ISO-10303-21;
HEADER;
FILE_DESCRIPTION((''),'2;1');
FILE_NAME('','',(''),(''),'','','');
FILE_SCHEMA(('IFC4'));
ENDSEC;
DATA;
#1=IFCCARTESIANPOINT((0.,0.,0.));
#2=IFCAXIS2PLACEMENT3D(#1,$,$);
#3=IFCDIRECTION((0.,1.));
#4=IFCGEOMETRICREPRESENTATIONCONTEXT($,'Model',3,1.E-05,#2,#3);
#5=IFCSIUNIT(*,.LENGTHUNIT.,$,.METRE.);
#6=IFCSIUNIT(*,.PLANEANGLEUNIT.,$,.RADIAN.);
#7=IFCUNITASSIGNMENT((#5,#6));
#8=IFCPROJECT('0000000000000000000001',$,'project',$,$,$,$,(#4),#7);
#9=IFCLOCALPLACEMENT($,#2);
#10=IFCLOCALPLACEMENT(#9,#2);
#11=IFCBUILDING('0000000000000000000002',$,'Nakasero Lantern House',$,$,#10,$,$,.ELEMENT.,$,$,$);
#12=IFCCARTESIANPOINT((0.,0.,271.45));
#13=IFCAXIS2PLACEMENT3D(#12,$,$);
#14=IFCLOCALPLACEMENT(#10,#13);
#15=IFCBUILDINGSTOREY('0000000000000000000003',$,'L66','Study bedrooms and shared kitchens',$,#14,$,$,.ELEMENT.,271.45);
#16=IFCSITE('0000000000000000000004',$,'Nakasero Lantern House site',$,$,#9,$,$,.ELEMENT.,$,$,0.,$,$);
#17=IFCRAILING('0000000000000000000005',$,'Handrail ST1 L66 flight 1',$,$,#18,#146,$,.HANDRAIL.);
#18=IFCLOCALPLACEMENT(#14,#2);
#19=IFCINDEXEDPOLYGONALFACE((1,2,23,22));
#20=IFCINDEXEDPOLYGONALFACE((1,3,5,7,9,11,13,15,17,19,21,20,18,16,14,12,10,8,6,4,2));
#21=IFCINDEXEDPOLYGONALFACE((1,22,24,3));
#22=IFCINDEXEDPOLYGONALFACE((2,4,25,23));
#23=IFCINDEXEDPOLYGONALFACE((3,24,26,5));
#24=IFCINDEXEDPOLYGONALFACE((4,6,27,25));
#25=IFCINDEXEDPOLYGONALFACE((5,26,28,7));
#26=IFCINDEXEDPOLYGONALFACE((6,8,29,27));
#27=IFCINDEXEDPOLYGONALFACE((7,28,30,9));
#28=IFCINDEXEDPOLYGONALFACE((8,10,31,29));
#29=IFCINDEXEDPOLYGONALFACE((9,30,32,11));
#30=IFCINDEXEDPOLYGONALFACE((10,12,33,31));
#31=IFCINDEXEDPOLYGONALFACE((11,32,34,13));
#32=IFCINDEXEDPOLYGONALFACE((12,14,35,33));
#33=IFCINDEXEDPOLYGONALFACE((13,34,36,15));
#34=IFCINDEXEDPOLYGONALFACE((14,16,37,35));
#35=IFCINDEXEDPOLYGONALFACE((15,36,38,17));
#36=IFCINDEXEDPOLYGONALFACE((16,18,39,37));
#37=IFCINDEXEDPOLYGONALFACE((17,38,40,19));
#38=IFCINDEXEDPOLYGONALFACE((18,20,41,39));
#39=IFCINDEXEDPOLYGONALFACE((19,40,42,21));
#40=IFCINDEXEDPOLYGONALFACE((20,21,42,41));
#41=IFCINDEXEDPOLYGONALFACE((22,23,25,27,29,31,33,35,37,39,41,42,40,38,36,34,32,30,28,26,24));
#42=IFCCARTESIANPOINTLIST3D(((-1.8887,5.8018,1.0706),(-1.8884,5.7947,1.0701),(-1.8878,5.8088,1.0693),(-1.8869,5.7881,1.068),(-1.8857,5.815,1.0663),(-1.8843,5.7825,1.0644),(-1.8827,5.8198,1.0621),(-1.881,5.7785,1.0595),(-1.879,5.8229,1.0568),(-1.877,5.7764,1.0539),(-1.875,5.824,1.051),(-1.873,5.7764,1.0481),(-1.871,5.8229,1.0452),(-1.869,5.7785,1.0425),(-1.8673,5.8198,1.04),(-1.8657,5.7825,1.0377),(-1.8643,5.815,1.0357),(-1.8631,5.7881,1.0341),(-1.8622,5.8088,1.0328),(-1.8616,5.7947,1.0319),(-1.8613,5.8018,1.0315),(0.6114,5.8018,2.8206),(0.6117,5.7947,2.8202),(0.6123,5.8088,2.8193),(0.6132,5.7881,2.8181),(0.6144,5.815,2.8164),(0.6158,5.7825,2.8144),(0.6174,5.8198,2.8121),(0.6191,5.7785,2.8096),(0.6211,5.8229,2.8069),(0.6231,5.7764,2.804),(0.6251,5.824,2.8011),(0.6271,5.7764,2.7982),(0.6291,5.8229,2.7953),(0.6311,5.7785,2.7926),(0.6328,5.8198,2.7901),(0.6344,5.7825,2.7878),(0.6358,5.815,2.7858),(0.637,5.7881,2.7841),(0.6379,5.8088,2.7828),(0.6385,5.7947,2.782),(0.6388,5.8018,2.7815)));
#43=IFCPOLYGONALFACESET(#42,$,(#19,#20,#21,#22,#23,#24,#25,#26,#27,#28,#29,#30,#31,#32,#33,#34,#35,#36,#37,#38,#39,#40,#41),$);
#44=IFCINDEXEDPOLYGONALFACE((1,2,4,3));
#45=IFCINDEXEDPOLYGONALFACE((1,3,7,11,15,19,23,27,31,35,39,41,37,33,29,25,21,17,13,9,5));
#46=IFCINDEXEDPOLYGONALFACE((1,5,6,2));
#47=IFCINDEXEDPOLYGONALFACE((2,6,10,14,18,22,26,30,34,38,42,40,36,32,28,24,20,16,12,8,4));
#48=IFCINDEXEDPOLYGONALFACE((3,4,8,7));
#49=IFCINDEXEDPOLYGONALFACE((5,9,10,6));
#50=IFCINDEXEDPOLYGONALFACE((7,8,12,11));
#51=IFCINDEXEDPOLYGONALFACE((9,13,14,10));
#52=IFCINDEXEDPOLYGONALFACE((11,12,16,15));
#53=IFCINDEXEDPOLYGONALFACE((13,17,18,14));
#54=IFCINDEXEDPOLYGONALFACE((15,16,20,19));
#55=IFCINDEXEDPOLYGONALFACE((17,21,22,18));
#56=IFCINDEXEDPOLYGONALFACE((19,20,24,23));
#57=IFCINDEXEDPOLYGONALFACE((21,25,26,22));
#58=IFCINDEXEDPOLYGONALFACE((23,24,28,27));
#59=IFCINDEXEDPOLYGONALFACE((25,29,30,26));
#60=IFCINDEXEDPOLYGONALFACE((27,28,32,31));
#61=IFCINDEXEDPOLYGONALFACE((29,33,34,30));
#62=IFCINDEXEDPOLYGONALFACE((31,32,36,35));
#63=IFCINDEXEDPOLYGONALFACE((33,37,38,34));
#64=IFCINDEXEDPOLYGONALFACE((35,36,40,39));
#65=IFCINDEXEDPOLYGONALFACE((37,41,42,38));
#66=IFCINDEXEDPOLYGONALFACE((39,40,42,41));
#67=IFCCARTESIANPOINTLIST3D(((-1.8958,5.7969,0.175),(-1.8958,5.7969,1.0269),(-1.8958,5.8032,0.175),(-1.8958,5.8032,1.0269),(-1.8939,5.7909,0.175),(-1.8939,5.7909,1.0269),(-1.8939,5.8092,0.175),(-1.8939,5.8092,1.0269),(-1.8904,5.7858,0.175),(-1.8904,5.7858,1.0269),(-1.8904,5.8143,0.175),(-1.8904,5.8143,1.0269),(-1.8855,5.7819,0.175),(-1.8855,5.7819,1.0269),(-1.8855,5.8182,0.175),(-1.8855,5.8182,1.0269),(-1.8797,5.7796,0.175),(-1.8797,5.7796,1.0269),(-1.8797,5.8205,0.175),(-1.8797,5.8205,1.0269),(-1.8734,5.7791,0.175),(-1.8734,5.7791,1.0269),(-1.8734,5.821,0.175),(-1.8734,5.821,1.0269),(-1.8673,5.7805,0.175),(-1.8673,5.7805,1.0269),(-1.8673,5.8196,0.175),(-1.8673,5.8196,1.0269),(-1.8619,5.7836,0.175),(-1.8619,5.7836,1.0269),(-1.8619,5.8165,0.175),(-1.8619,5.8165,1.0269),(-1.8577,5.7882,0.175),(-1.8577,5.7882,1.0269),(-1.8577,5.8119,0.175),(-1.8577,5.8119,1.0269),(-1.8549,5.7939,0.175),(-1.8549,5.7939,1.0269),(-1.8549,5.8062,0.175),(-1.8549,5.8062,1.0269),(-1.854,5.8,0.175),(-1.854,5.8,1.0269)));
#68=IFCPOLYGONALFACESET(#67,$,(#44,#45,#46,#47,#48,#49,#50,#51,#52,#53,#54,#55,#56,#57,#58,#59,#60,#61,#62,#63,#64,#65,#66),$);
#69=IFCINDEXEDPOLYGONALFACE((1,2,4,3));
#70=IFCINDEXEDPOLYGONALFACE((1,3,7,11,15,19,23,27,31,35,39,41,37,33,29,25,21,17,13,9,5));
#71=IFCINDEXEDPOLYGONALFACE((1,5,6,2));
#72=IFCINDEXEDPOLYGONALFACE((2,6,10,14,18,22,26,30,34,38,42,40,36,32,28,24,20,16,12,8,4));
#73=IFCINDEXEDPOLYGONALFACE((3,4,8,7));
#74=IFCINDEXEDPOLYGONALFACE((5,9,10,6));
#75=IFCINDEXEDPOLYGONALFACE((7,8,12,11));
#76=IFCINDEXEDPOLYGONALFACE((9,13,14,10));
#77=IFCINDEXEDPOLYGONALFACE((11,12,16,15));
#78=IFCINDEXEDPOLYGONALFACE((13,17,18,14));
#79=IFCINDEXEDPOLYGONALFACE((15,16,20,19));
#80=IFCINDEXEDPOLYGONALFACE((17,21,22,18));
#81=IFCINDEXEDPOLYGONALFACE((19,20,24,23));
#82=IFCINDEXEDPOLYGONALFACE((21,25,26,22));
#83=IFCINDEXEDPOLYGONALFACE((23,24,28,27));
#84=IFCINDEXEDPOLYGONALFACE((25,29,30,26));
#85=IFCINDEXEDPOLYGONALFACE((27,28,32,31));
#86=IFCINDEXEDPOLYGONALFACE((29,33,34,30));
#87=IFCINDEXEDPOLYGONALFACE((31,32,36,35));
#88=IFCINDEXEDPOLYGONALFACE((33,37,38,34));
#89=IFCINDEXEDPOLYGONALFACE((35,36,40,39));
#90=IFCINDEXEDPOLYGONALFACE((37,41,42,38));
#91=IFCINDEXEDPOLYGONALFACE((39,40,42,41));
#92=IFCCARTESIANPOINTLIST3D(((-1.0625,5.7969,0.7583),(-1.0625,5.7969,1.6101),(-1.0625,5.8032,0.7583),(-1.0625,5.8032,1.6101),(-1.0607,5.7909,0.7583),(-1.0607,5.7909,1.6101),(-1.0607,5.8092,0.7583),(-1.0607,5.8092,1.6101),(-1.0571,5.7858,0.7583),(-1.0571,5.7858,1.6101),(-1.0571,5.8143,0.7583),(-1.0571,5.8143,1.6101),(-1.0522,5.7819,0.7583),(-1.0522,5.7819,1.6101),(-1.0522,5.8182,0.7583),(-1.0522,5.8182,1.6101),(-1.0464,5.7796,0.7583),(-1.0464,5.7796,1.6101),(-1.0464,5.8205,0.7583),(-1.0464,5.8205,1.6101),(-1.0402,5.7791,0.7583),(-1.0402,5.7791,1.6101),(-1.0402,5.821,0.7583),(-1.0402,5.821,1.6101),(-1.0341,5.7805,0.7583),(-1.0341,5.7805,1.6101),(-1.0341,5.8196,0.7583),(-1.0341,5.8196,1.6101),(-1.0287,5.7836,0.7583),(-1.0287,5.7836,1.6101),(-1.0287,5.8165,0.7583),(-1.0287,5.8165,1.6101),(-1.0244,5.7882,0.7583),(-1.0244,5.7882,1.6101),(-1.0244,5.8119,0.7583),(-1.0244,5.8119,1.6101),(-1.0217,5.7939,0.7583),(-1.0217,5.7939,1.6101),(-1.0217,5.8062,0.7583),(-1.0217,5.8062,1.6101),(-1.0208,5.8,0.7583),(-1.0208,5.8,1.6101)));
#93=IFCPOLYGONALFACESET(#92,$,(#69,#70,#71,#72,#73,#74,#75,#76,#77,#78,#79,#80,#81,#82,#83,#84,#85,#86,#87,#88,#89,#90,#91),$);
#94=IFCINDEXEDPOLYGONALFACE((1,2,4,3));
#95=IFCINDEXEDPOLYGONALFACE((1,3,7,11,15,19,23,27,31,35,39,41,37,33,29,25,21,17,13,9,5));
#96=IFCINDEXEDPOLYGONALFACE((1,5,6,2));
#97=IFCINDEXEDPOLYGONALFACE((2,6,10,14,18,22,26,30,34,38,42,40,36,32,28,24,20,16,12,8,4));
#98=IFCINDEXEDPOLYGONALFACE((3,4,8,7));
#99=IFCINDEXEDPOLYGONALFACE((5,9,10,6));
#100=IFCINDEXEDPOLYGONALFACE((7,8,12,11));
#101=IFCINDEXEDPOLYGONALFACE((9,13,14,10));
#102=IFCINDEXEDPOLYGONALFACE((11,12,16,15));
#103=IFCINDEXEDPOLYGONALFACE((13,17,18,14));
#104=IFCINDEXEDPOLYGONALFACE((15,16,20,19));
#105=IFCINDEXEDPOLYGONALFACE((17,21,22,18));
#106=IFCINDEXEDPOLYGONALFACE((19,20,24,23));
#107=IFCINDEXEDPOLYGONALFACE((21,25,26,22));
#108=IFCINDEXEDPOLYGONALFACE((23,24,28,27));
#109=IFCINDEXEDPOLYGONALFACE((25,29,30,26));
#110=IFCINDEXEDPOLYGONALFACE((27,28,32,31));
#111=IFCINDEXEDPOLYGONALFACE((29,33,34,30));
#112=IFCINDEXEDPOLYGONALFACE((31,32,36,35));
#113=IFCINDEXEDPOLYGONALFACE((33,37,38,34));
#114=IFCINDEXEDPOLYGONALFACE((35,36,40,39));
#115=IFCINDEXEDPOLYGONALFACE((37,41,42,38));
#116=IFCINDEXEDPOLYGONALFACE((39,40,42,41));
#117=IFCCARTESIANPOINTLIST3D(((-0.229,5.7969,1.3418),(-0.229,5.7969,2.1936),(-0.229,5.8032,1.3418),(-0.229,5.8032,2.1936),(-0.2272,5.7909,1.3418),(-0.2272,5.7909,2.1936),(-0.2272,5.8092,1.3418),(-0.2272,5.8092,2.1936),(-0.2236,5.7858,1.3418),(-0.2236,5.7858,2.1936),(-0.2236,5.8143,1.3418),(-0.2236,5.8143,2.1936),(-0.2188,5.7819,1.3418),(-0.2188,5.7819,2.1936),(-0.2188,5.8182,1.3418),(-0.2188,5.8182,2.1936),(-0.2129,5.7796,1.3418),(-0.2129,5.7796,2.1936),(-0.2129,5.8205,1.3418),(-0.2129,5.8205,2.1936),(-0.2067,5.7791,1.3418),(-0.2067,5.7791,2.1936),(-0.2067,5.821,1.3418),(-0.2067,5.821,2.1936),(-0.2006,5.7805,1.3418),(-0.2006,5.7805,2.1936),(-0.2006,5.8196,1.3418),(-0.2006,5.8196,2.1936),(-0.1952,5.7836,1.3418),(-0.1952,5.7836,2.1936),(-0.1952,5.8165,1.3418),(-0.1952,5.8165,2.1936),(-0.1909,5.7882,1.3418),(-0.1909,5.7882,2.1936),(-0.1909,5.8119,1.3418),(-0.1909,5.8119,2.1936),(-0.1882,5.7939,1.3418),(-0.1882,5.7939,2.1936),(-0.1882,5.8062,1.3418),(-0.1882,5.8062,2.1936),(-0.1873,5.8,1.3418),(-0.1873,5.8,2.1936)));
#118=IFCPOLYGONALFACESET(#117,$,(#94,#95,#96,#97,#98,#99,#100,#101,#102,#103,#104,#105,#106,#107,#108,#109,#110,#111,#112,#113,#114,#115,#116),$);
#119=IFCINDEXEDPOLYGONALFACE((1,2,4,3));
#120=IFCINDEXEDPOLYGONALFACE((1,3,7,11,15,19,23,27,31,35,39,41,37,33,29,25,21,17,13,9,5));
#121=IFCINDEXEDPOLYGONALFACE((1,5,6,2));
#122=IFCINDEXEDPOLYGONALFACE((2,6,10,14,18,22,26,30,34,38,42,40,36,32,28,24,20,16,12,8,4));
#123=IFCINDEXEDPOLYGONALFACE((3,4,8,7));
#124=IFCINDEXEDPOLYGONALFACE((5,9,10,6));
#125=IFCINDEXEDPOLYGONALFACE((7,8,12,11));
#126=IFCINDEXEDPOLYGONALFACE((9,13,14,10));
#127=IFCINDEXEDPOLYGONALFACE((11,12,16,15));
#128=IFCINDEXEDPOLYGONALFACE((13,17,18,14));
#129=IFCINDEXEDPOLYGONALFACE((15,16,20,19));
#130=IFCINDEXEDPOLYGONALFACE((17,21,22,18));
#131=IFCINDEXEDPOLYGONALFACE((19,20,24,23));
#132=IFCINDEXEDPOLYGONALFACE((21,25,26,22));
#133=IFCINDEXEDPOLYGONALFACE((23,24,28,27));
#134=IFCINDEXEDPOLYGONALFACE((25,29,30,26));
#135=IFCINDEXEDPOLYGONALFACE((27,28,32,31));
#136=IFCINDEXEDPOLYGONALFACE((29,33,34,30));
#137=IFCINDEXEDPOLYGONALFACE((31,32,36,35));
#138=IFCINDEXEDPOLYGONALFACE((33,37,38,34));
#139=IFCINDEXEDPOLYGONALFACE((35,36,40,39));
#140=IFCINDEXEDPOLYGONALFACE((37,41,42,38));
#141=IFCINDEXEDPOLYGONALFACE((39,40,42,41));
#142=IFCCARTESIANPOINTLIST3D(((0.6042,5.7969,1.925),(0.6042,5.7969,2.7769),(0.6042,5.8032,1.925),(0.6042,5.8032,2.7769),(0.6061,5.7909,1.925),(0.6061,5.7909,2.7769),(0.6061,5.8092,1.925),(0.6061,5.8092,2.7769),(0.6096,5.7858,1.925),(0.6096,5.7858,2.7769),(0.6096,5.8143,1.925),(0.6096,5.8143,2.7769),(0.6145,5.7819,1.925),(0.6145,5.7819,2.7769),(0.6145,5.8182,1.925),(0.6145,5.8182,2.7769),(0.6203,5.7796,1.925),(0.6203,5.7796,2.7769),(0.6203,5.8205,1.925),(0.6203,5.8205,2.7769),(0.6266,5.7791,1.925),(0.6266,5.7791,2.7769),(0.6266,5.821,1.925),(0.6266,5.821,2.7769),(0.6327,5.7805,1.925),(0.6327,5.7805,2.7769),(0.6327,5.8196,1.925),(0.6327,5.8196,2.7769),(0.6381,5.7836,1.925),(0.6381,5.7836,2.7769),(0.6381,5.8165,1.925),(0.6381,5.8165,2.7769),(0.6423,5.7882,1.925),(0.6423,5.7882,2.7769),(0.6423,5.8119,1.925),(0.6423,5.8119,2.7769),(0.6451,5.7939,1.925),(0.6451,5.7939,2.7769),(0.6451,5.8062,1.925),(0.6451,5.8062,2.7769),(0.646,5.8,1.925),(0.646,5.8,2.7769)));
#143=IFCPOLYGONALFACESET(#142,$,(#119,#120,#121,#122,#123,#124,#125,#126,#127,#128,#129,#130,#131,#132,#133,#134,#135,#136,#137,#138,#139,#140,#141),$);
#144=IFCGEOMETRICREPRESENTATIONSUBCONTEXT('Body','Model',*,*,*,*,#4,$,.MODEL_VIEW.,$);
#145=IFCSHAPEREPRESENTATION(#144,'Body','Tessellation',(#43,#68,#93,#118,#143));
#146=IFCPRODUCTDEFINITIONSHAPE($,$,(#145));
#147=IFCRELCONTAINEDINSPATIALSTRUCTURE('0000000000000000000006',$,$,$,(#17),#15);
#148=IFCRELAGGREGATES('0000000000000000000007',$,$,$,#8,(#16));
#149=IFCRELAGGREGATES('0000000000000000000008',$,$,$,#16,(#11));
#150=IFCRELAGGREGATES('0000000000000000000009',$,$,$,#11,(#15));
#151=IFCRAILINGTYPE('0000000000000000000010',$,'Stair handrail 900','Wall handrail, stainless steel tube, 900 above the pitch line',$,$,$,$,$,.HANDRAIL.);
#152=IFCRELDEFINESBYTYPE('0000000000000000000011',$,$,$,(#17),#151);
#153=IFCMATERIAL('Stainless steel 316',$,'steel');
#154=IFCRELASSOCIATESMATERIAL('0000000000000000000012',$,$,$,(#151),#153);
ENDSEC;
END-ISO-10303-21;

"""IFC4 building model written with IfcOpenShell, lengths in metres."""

from ifc_helpers import new_model, si_unit, direction, frame, origin, origin_2d, place, context, subcontext, project, spatial, circle, extrude, material, type_object, element, save


model = new_model("IFC4")

# Units and contexts
model_context = context("Model", 3, precision=1e-05, world=origin(), true_north=direction((0.0, 1.0)))
body_context = subcontext(model_context, "Body", "Model", "MODEL_VIEW")
ifc_project = project(units=[si_unit("LENGTHUNIT", "METRE"), si_unit("PLANEANGLEUNIT", "RADIAN")], contexts=[model_context])

# Site, building, storey
site_placement = place(None, origin())
site = spatial("IfcSite", under=ifc_project, at=site_placement, Name="Nakasero Lantern House site", CompositionType="ELEMENT", RefElevation=0.0)
building_placement = place(site_placement, origin())
building = spatial("IfcBuilding", under=site, at=building_placement, Name="Nakasero Lantern House", CompositionType="ELEMENT")
storey_placement = place(building_placement, frame((0.0, 0.0, 271.45)))
storey = spatial("IfcBuildingStorey", under=building, at=storey_placement, Name="L66", Description="Study bedrooms and shared kitchens", CompositionType="ELEMENT", Elevation=271.45)

# Railing
ifc_material_1 = material(Name="Stainless steel 316", Category="steel")
railing_type = type_object("IfcRailingType", Name="Stair handrail 900", Description="Wall handrail, stainless steel tube, 900 above the pitch line", PredefinedType="HANDRAIL", material=ifc_material_1)
railing_placement = place(storey_placement, frame((-1.875, 5.8, 0.175)))
element("IfcRailing", 1, at=railing_placement, inside=storey, type_object=railing_type, Name="Handrail ST1 L66 flight 1", PredefinedType="HANDRAIL", context=body_context, shape_type="SweptSolid", body=[
    extrude(circle(Radius=0.0239, at=origin_2d()), frame((0.0, 0.0, 0.876), z_axis=(0.819232, 0.0, 0.573462), x_axis=(0.0, 1.0, 0.0)), (0.0, 0.0, 1.0), 3.0518),
    extrude(circle(Radius=0.021, at=origin_2d()), origin(), (0.0, 0.0, 1.0), 0.8518),
    extrude(circle(Radius=0.021, at=origin_2d()), frame((0.8333, 0.0, 0.5833)), (0.0, 0.0, 1.0), 0.8518),
    extrude(circle(Radius=0.021, at=origin_2d()), frame((1.6667, 0.0, 1.1667)), (0.0, 0.0, 1.0), 0.8518),
    extrude(circle(Radius=0.021, at=origin_2d()), frame((2.5, 0.0, 1.75)), (0.0, 0.0, 1.0), 0.8518),
])

save(model, "model.ifc")
